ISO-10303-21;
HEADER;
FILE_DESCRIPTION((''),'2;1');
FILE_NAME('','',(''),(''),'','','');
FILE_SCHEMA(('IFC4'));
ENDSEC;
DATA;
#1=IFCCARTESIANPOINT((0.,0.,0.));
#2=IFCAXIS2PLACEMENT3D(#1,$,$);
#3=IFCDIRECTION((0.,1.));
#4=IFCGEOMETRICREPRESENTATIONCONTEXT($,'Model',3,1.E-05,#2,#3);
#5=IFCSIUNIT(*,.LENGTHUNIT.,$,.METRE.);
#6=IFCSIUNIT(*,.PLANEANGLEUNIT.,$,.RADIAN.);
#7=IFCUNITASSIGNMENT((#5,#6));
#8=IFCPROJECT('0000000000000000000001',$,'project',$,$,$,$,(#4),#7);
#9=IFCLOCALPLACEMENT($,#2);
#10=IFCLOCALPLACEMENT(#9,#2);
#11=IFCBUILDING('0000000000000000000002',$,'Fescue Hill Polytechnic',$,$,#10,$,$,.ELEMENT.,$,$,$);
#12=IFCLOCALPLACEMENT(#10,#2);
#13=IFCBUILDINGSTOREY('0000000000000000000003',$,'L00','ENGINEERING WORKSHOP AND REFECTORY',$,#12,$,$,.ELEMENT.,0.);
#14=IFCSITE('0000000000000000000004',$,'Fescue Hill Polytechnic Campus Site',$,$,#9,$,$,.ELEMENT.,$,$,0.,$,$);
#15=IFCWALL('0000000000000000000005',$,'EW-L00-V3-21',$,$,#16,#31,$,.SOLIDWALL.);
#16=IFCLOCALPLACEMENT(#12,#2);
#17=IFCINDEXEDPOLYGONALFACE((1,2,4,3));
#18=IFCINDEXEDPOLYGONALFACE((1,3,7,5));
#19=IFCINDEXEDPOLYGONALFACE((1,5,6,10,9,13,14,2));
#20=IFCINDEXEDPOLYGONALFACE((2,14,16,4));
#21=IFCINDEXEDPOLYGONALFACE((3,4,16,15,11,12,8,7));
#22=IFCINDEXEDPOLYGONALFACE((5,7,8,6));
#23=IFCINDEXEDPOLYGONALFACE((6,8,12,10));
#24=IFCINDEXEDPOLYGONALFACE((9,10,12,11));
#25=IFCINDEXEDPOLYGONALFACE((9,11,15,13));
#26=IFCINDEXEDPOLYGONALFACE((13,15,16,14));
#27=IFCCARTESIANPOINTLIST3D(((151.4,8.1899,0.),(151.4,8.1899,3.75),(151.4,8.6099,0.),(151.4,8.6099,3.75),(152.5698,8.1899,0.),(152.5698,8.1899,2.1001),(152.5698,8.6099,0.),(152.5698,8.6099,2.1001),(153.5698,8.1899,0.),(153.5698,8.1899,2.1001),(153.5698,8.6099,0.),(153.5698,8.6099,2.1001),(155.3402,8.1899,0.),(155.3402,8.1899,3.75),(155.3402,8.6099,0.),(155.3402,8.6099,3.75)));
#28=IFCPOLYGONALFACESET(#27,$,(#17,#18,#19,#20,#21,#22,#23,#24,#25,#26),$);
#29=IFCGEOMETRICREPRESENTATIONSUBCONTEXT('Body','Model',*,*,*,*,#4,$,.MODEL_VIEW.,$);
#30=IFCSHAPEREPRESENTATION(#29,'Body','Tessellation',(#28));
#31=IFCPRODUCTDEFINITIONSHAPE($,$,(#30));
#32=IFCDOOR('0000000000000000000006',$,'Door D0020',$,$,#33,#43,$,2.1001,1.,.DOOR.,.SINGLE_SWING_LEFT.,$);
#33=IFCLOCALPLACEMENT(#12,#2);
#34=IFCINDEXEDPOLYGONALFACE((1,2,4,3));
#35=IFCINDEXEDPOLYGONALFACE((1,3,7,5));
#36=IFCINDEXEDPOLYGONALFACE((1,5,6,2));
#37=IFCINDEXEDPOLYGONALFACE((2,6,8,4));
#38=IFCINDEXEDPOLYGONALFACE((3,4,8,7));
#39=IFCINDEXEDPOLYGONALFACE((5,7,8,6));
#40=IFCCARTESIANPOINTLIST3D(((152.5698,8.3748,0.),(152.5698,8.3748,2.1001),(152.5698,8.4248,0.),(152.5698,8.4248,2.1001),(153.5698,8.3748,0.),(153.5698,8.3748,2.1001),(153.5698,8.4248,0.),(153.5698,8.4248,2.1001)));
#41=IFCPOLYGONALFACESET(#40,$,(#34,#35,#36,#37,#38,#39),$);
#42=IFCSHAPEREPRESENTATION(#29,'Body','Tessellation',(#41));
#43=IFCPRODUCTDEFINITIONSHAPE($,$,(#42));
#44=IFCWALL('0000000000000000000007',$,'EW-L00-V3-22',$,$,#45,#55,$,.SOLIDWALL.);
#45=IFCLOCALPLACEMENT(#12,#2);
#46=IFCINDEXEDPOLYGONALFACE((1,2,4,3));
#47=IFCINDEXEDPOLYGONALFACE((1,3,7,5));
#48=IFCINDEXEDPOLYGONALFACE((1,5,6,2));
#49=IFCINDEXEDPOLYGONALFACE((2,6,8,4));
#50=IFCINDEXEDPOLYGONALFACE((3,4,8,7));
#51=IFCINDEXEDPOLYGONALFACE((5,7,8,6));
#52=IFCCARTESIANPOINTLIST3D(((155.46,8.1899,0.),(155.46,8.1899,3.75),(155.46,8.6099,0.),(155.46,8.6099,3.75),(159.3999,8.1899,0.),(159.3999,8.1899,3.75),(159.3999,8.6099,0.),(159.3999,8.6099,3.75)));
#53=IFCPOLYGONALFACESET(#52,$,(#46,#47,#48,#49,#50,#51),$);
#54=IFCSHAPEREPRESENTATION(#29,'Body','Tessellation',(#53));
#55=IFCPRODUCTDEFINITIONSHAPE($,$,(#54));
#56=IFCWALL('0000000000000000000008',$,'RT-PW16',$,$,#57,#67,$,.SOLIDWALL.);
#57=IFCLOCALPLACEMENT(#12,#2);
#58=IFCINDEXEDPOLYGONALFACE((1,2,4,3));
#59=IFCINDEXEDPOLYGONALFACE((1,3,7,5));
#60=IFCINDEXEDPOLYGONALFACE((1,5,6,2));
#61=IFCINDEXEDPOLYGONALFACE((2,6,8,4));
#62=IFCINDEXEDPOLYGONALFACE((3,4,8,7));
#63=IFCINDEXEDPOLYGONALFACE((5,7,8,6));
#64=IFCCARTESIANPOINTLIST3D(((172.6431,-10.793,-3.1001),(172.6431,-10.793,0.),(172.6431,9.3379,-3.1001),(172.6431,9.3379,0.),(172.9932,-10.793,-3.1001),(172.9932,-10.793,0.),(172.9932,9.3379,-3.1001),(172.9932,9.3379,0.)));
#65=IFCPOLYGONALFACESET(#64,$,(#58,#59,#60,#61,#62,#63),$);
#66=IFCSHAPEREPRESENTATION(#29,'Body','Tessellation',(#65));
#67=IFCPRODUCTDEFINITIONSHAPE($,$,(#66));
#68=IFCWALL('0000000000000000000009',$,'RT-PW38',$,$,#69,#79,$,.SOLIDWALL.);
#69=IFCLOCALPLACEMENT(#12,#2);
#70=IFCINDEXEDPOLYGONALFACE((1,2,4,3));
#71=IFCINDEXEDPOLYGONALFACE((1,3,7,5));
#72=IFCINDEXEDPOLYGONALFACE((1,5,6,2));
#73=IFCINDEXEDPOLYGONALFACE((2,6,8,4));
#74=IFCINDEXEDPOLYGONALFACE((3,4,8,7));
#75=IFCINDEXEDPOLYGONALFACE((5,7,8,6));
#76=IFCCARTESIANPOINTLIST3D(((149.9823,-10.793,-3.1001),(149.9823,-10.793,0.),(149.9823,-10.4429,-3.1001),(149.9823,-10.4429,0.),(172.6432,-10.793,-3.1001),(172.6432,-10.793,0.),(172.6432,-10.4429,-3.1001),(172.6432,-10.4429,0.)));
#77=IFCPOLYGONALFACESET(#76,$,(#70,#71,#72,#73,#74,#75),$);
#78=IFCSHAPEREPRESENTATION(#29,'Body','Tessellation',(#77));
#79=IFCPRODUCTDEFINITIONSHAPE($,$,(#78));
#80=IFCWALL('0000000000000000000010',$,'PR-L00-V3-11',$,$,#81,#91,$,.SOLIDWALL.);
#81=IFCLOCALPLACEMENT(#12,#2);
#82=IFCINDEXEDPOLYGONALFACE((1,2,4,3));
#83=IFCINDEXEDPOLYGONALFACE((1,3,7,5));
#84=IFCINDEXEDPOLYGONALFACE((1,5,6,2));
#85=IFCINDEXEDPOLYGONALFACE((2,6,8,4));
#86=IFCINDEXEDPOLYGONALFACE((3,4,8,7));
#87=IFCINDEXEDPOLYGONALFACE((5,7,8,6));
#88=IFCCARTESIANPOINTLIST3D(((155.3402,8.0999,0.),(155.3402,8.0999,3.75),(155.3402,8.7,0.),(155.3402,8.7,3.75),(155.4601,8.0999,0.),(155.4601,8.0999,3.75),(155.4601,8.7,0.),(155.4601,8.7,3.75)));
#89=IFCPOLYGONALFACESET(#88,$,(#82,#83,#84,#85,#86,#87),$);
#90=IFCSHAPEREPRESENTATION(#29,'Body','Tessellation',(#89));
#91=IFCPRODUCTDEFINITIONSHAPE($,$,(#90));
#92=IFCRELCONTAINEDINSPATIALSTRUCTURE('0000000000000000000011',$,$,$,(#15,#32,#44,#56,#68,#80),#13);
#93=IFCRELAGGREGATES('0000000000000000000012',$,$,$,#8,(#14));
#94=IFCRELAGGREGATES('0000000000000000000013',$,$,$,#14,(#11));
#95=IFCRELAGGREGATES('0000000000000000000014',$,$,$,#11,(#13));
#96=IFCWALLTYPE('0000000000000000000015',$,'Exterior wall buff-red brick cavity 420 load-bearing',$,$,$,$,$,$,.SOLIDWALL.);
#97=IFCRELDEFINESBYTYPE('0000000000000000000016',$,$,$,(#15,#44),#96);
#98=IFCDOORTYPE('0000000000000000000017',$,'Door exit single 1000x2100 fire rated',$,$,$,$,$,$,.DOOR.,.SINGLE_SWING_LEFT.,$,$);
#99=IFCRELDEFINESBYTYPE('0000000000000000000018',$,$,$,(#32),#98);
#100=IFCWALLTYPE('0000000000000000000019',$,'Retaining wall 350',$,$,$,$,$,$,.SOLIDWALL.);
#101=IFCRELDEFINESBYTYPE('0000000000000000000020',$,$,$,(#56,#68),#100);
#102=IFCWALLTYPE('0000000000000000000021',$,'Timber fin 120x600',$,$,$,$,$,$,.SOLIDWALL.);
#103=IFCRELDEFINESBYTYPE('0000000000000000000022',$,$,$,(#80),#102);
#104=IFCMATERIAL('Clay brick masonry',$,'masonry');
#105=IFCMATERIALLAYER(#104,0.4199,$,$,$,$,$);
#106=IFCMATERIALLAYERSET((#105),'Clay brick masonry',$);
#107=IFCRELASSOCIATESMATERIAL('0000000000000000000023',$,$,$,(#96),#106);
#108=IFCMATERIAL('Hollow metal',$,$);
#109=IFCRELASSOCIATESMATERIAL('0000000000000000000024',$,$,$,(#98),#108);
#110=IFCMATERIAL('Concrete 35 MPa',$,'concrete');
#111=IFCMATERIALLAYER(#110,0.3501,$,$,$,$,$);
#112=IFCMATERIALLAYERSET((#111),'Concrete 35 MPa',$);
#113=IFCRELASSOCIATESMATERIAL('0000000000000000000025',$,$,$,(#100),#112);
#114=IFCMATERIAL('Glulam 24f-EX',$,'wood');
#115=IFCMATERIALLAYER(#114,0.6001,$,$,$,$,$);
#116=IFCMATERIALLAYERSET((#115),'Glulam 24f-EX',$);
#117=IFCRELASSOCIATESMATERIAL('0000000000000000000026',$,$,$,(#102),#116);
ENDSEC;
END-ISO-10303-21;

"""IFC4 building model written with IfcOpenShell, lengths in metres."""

from ifc_helpers import new_model, si_unit, direction, frame, frame_2d, origin, place, context, subcontext, project, spatial, rectangle, extrude, material, layer, layer_set, type_object, element, fill, save


model = new_model("IFC4")

# Units and contexts
model_context = context("Model", 3, precision=1e-05, world=origin(), true_north=direction((0.0, 1.0)))
body_context = subcontext(model_context, "Body", "Model", "MODEL_VIEW")
ifc_project = project(units=[si_unit("LENGTHUNIT", "METRE"), si_unit("PLANEANGLEUNIT", "RADIAN")], contexts=[model_context])

# Site, building, storey
site_placement = place(None, origin())
site = spatial("IfcSite", under=ifc_project, at=site_placement, Name="Fescue Hill Polytechnic Campus Site", CompositionType="ELEMENT", RefElevation=0.0)
building_placement = place(site_placement, origin())
building = spatial("IfcBuilding", under=site, at=building_placement, Name="Fescue Hill Polytechnic", CompositionType="ELEMENT")
storey_placement = place(building_placement, origin())
storey = spatial("IfcBuildingStorey", under=building, at=storey_placement, Name="L00", Description="ENGINEERING WORKSHOP AND REFECTORY", CompositionType="ELEMENT", Elevation=0.0)

# Shared definitions
ifc_material_1 = material(Name="Concrete 35 MPa", Category="concrete")

# Wall, opening, door
ifc_material_2 = material(Name="Clay brick masonry", Category="masonry")
ifc_layer_1 = layer(ifc_material_2, 0.4199)
ifc_layer_set_1 = layer_set([ifc_layer_1], Name="Clay brick masonry")
wall_type_1 = type_object("IfcWallType", Name="Exterior wall buff-red brick cavity 420 load-bearing", PredefinedType="SOLIDWALL", material=ifc_layer_set_1)
wall_1_placement = place(storey_placement, frame((151.3999, 8.3999, 0.0), z_axis=(0.0, 0.0, 1.0), x_axis=(1.0, 0.0, 0.0)))
wall_1 = element("IfcWall", 1, at=wall_1_placement, inside=storey, type_object=wall_type_1, Name="EW-L00-V3-21", PredefinedType="SOLIDWALL", context=body_context, shape_type="SweptSolid", body=[
    extrude(rectangle(XDim=3.9402, YDim=0.4199, at=frame_2d((1.9702, 0.0))), origin(), (0.0, 0.0, 1.0), 3.75),
])
opening_1_placement = place(wall_1_placement, frame((1.1699, 0.0, 0.0)))
opening_1 = element("IfcOpeningElement", 2, at=opening_1_placement, cuts=wall_1, PredefinedType="OPENING", context=body_context, shape_type="SweptSolid", body=[
    extrude(rectangle(XDim=1.0, YDim=2.1001, at=frame_2d((0.5, 1.05))), frame((0.0, 0.22, 0.0), z_axis=(0.0, -1.0, 0.0), x_axis=(1.0, 0.0, 0.0)), (0.0, 0.0, 1.0), 0.4399),
])
ifc_material_3 = material(Name="Hollow metal")
door_type_1 = type_object("IfcDoorType", Name="Door exit single 1000x2100 fire rated", OperationType="SINGLE_SWING_LEFT", PredefinedType="DOOR", material=ifc_material_3)
door_1_placement = place(opening_1_placement, origin())
door_1 = element("IfcDoor", 3, at=door_1_placement, inside=storey, type_object=door_type_1, Name="Door D0020", OperationType="SINGLE_SWING_LEFT", OverallHeight=2.1001, OverallWidth=1.0, PredefinedType="DOOR", context=body_context, shape_type="SweptSolid", body=[
    extrude(rectangle(XDim=1.0, YDim=2.1001, at=frame_2d((0.5, 1.05))), frame((0.0, 0.0249, 0.0), z_axis=(0.0, -1.0, 0.0), x_axis=(1.0, 0.0, 0.0)), (0.0, 0.0, 1.0), 0.05),
])
fill(opening_1, door_1)

# Walls
wall_2_placement = place(storey_placement, frame((155.46, 8.3999, 0.0), z_axis=(0.0, 0.0, 1.0), x_axis=(1.0, 0.0, 0.0)))
element("IfcWall", 4, at=wall_2_placement, inside=storey, type_object=wall_type_1, Name="EW-L00-V3-22", PredefinedType="SOLIDWALL", context=body_context, shape_type="SweptSolid", body=[
    extrude(rectangle(XDim=3.9399, YDim=0.4199, at=frame_2d((1.97, 0.0))), origin(), (0.0, 0.0, 1.0), 3.75),
])
ifc_layer_2 = layer(ifc_material_1, 0.3501)
ifc_layer_set_2 = layer_set([ifc_layer_2], Name="Concrete 35 MPa")
wall_type_2 = type_object("IfcWallType", Name="Retaining wall 350", PredefinedType="SOLIDWALL", material=ifc_layer_set_2)
wall_3_placement = place(storey_placement, frame((172.8181, -10.793, -3.1001), z_axis=(0.0, 0.0, 1.0), x_axis=(0.0, 1.0, 0.0)))
element("IfcWall", 5, at=wall_3_placement, inside=storey, type_object=wall_type_2, Name="RT-PW16", PredefinedType="SOLIDWALL", context=body_context, shape_type="SweptSolid", body=[
    extrude(rectangle(XDim=20.1309, YDim=0.3501, at=frame_2d((10.0654, 0.0))), origin(), (0.0, 0.0, 1.0), 3.1001),
])
wall_4_placement = place(storey_placement, frame((149.9822, -10.6179, -3.1001), z_axis=(0.0, 0.0, 1.0), x_axis=(1.0, 0.0, 0.0)))
element("IfcWall", 6, at=wall_4_placement, inside=storey, type_object=wall_type_2, Name="RT-PW38", PredefinedType="SOLIDWALL", context=body_context, shape_type="SweptSolid", body=[
    extrude(rectangle(XDim=22.6609, YDim=0.3501, at=frame_2d((11.3306, 0.0))), origin(), (0.0, 0.0, 1.0), 3.1001),
])
ifc_material_4 = material(Name="Glulam 24f-EX", Category="wood")
ifc_layer_3 = layer(ifc_material_4, 0.6001)
ifc_layer_set_3 = layer_set([ifc_layer_3], Name="Glulam 24f-EX")
wall_type_3 = type_object("IfcWallType", Name="Timber fin 120x600", PredefinedType="SOLIDWALL", material=ifc_layer_set_3)
wall_5_placement = place(storey_placement, frame((155.3401, 8.3999, 0.0), z_axis=(0.0, 0.0, 1.0), x_axis=(1.0, 0.0, 0.0)))
element("IfcWall", 7, at=wall_5_placement, inside=storey, type_object=wall_type_3, Name="PR-L00-V3-11", PredefinedType="SOLIDWALL", context=body_context, shape_type="SweptSolid", body=[
    extrude(rectangle(XDim=0.1199, YDim=0.6001, at=frame_2d((0.0601, 0.0))), origin(), (0.0, 0.0, 1.0), 3.75),
])

save(model, "model.ifc")
